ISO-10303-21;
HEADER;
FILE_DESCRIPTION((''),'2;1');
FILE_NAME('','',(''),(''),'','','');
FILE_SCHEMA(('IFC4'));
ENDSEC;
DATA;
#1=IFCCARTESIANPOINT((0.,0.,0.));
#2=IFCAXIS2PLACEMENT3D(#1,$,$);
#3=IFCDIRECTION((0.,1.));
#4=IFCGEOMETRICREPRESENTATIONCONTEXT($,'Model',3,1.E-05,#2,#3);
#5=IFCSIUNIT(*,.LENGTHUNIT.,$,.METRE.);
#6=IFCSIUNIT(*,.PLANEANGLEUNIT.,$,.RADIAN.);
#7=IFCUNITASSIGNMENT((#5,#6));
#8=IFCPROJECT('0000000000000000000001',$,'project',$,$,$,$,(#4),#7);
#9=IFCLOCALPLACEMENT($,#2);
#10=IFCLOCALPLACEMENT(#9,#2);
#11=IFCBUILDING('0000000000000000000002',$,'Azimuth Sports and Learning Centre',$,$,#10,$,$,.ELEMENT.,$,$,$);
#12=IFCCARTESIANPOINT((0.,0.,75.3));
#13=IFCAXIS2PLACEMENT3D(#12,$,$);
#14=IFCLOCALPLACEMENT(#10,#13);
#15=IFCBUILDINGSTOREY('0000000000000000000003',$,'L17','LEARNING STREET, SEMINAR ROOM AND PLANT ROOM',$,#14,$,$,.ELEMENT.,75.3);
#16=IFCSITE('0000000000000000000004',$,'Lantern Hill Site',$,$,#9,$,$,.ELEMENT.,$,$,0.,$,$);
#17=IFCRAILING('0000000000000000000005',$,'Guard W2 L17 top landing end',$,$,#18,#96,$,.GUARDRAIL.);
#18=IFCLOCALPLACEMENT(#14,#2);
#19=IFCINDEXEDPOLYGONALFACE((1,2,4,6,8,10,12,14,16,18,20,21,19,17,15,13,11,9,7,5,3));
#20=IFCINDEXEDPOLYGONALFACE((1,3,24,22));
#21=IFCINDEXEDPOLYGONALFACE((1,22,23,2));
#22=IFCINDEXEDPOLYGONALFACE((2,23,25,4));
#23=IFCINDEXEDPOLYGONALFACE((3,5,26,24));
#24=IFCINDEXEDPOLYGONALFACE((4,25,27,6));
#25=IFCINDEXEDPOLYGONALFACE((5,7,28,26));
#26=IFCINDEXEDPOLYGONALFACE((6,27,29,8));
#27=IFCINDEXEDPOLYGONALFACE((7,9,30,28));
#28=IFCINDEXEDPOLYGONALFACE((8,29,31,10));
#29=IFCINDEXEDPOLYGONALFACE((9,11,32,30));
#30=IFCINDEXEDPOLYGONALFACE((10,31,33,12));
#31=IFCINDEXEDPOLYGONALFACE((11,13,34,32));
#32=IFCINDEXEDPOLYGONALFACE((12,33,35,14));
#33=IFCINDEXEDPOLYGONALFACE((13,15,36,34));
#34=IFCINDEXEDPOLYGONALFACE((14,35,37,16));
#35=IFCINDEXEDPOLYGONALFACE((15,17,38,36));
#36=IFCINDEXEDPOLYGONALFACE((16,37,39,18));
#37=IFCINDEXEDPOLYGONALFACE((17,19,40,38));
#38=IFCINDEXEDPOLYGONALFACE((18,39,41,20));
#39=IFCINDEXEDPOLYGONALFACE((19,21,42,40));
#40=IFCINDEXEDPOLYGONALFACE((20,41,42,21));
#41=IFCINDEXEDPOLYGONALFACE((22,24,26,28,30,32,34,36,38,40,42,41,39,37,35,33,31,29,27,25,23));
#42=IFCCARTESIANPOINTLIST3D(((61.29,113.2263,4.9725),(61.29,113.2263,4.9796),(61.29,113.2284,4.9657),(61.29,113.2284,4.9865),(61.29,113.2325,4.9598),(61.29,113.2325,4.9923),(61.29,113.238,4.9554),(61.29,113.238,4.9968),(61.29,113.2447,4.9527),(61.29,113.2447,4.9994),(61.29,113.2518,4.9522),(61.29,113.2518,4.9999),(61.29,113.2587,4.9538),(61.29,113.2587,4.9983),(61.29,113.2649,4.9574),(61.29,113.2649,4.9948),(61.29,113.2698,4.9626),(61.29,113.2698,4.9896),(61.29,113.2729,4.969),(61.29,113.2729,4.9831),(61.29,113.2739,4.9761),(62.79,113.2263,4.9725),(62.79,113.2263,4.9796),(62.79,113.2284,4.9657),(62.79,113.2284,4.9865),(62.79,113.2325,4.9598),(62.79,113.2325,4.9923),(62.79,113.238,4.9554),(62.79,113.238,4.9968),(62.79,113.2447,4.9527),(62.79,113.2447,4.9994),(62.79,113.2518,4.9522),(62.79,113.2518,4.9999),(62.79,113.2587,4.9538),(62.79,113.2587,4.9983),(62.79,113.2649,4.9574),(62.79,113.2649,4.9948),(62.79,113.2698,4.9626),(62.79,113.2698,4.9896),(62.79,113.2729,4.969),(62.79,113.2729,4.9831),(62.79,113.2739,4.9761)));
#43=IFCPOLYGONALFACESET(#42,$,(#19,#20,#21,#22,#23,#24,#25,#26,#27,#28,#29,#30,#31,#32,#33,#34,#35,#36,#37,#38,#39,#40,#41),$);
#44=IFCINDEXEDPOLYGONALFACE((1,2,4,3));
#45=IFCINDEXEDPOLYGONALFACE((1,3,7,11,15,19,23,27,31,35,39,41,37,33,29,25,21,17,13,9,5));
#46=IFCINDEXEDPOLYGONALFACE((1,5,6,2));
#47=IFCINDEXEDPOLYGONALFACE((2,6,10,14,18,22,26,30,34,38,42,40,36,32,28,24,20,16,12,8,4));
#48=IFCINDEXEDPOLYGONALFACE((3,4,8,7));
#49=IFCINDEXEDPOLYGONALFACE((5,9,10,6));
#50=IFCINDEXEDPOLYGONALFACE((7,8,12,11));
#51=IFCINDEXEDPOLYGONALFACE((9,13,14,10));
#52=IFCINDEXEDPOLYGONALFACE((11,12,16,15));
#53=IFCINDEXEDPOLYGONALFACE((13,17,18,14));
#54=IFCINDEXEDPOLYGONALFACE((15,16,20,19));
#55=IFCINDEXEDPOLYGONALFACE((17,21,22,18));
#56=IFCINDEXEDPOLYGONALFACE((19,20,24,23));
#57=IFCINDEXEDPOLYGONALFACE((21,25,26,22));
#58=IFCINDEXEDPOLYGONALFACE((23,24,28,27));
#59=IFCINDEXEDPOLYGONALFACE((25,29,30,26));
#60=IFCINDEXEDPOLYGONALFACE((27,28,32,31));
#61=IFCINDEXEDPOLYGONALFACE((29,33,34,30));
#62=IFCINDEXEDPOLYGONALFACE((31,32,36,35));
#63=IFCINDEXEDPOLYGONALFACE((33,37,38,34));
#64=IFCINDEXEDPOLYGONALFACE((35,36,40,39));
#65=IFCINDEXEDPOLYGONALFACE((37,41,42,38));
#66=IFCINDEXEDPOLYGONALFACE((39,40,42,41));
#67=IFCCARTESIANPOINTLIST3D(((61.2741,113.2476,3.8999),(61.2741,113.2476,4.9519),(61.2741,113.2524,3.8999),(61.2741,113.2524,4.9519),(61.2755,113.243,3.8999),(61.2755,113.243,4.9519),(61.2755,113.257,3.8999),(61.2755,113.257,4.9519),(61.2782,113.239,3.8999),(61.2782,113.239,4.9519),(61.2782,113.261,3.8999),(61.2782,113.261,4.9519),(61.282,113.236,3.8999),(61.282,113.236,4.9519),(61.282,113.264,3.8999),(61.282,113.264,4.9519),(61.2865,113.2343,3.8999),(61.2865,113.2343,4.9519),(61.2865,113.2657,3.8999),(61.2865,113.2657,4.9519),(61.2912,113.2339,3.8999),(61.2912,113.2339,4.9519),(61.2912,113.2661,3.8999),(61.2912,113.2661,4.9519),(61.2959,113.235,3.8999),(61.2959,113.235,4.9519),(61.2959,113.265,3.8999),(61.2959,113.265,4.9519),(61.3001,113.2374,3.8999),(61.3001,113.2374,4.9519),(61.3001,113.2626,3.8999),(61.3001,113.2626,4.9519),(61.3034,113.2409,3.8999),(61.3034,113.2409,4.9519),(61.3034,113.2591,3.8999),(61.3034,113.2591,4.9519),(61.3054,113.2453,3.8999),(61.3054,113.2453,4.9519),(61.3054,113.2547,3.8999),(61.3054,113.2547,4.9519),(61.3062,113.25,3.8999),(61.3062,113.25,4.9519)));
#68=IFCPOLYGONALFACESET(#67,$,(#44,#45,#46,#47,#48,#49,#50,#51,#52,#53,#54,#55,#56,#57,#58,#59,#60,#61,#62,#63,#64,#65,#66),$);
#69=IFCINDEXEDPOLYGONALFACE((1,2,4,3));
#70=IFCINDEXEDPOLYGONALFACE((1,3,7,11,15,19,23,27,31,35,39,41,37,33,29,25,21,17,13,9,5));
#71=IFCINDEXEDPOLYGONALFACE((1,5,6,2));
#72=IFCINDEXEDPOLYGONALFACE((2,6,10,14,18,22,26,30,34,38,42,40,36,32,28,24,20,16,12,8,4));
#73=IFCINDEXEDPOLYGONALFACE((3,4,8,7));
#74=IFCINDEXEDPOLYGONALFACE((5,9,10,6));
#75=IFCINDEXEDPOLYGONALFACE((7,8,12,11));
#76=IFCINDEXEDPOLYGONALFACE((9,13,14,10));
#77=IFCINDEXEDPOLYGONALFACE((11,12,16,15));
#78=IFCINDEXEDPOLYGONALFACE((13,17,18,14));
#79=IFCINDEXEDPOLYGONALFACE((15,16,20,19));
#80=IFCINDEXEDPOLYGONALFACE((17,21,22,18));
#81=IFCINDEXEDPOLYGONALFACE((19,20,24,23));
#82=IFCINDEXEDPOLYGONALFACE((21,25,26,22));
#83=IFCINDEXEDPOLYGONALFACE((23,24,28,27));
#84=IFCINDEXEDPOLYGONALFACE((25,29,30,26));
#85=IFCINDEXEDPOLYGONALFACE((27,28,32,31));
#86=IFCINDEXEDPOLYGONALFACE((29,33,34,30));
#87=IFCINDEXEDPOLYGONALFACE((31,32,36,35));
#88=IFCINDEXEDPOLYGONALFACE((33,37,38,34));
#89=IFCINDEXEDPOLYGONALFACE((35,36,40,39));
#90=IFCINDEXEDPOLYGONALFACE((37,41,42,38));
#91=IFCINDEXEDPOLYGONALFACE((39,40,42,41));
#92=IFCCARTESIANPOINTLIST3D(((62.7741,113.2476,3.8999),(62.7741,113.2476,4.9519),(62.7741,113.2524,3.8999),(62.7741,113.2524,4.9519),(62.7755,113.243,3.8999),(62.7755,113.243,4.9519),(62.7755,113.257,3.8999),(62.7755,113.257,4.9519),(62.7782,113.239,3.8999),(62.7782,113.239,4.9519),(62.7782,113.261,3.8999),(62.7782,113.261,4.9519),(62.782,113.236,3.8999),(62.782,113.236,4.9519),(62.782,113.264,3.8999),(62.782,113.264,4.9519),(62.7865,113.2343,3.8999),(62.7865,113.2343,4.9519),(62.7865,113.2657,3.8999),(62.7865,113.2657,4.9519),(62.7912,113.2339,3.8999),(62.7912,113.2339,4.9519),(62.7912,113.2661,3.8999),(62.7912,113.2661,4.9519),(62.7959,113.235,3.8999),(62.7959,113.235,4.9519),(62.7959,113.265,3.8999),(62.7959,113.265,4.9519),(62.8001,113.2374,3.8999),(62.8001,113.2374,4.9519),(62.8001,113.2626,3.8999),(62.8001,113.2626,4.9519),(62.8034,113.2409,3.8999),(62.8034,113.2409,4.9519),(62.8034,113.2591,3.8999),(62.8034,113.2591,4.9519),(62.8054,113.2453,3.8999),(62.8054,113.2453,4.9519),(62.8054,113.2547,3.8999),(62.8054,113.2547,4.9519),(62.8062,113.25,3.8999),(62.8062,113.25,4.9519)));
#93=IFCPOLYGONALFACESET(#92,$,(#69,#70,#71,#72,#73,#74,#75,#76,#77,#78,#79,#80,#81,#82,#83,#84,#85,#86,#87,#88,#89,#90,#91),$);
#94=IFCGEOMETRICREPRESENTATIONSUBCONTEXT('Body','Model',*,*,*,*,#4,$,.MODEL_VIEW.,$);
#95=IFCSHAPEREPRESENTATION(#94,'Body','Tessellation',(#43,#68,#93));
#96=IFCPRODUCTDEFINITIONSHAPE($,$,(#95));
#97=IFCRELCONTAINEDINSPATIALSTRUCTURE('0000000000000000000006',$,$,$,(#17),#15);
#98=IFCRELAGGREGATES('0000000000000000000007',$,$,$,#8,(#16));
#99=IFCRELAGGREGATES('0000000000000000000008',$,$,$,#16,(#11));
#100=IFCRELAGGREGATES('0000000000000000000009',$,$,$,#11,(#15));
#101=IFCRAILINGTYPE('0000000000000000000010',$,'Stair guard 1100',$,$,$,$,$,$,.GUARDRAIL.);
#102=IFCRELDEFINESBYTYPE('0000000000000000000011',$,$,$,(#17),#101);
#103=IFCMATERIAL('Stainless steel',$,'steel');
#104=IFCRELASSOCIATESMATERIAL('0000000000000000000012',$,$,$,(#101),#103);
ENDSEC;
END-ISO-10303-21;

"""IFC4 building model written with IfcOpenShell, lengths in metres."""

from ifc_helpers import new_model, si_unit, direction, frame, origin, origin_2d, place, context, subcontext, project, spatial, circle, extrude, material, type_object, element, save


model = new_model("IFC4")

# Units and contexts
model_context = context("Model", 3, precision=1e-05, world=origin(), true_north=direction((0.0, 1.0)))
body_context = subcontext(model_context, "Body", "Model", "MODEL_VIEW")
ifc_project = project(units=[si_unit("LENGTHUNIT", "METRE"), si_unit("PLANEANGLEUNIT", "RADIAN")], contexts=[model_context])

# Site, building, storey
site_placement = place(None, origin())
site = spatial("IfcSite", under=ifc_project, at=site_placement, Name="Lantern Hill Site", CompositionType="ELEMENT", RefElevation=0.0)
building_placement = place(site_placement, origin())
building = spatial("IfcBuilding", under=site, at=building_placement, Name="Azimuth Sports and Learning Centre", CompositionType="ELEMENT")
storey_placement = place(building_placement, frame((0.0, 0.0, 75.3)))
storey = spatial("IfcBuildingStorey", under=building, at=storey_placement, Name="L17", Description="LEARNING STREET, SEMINAR ROOM AND PLANT ROOM", CompositionType="ELEMENT", Elevation=75.3)

# Railing
ifc_material_1 = material(Name="Stainless steel", Category="steel")
railing_type_1 = type_object("IfcRailingType", Name="Stair guard 1100", PredefinedType="GUARDRAIL", material=ifc_material_1)
railing_1_placement = place(storey_placement, frame((61.29, 113.25, 3.8999)))
element("IfcRailing", 1, at=railing_1_placement, inside=storey, type_object=railing_type_1, Name="Guard W2 L17 top landing end", PredefinedType="GUARDRAIL", context=body_context, shape_type="SweptSolid", body=[
    extrude(circle(Radius=0.0239, at=origin_2d()), frame((0.0, 0.0, 1.0762), z_axis=(1.0, 0.0, 0.0), x_axis=(0.0, 1.0, 0.0)), (0.0, 0.0, 1.0), 1.5),
    extrude(circle(Radius=0.0161, at=origin_2d()), origin(), (0.0, 0.0, 1.0), 1.052),
    extrude(circle(Radius=0.0161, at=origin_2d()), frame((1.5, 0.0, 0.0)), (0.0, 0.0, 1.0), 1.052),
])

save(model, "model.ifc")
